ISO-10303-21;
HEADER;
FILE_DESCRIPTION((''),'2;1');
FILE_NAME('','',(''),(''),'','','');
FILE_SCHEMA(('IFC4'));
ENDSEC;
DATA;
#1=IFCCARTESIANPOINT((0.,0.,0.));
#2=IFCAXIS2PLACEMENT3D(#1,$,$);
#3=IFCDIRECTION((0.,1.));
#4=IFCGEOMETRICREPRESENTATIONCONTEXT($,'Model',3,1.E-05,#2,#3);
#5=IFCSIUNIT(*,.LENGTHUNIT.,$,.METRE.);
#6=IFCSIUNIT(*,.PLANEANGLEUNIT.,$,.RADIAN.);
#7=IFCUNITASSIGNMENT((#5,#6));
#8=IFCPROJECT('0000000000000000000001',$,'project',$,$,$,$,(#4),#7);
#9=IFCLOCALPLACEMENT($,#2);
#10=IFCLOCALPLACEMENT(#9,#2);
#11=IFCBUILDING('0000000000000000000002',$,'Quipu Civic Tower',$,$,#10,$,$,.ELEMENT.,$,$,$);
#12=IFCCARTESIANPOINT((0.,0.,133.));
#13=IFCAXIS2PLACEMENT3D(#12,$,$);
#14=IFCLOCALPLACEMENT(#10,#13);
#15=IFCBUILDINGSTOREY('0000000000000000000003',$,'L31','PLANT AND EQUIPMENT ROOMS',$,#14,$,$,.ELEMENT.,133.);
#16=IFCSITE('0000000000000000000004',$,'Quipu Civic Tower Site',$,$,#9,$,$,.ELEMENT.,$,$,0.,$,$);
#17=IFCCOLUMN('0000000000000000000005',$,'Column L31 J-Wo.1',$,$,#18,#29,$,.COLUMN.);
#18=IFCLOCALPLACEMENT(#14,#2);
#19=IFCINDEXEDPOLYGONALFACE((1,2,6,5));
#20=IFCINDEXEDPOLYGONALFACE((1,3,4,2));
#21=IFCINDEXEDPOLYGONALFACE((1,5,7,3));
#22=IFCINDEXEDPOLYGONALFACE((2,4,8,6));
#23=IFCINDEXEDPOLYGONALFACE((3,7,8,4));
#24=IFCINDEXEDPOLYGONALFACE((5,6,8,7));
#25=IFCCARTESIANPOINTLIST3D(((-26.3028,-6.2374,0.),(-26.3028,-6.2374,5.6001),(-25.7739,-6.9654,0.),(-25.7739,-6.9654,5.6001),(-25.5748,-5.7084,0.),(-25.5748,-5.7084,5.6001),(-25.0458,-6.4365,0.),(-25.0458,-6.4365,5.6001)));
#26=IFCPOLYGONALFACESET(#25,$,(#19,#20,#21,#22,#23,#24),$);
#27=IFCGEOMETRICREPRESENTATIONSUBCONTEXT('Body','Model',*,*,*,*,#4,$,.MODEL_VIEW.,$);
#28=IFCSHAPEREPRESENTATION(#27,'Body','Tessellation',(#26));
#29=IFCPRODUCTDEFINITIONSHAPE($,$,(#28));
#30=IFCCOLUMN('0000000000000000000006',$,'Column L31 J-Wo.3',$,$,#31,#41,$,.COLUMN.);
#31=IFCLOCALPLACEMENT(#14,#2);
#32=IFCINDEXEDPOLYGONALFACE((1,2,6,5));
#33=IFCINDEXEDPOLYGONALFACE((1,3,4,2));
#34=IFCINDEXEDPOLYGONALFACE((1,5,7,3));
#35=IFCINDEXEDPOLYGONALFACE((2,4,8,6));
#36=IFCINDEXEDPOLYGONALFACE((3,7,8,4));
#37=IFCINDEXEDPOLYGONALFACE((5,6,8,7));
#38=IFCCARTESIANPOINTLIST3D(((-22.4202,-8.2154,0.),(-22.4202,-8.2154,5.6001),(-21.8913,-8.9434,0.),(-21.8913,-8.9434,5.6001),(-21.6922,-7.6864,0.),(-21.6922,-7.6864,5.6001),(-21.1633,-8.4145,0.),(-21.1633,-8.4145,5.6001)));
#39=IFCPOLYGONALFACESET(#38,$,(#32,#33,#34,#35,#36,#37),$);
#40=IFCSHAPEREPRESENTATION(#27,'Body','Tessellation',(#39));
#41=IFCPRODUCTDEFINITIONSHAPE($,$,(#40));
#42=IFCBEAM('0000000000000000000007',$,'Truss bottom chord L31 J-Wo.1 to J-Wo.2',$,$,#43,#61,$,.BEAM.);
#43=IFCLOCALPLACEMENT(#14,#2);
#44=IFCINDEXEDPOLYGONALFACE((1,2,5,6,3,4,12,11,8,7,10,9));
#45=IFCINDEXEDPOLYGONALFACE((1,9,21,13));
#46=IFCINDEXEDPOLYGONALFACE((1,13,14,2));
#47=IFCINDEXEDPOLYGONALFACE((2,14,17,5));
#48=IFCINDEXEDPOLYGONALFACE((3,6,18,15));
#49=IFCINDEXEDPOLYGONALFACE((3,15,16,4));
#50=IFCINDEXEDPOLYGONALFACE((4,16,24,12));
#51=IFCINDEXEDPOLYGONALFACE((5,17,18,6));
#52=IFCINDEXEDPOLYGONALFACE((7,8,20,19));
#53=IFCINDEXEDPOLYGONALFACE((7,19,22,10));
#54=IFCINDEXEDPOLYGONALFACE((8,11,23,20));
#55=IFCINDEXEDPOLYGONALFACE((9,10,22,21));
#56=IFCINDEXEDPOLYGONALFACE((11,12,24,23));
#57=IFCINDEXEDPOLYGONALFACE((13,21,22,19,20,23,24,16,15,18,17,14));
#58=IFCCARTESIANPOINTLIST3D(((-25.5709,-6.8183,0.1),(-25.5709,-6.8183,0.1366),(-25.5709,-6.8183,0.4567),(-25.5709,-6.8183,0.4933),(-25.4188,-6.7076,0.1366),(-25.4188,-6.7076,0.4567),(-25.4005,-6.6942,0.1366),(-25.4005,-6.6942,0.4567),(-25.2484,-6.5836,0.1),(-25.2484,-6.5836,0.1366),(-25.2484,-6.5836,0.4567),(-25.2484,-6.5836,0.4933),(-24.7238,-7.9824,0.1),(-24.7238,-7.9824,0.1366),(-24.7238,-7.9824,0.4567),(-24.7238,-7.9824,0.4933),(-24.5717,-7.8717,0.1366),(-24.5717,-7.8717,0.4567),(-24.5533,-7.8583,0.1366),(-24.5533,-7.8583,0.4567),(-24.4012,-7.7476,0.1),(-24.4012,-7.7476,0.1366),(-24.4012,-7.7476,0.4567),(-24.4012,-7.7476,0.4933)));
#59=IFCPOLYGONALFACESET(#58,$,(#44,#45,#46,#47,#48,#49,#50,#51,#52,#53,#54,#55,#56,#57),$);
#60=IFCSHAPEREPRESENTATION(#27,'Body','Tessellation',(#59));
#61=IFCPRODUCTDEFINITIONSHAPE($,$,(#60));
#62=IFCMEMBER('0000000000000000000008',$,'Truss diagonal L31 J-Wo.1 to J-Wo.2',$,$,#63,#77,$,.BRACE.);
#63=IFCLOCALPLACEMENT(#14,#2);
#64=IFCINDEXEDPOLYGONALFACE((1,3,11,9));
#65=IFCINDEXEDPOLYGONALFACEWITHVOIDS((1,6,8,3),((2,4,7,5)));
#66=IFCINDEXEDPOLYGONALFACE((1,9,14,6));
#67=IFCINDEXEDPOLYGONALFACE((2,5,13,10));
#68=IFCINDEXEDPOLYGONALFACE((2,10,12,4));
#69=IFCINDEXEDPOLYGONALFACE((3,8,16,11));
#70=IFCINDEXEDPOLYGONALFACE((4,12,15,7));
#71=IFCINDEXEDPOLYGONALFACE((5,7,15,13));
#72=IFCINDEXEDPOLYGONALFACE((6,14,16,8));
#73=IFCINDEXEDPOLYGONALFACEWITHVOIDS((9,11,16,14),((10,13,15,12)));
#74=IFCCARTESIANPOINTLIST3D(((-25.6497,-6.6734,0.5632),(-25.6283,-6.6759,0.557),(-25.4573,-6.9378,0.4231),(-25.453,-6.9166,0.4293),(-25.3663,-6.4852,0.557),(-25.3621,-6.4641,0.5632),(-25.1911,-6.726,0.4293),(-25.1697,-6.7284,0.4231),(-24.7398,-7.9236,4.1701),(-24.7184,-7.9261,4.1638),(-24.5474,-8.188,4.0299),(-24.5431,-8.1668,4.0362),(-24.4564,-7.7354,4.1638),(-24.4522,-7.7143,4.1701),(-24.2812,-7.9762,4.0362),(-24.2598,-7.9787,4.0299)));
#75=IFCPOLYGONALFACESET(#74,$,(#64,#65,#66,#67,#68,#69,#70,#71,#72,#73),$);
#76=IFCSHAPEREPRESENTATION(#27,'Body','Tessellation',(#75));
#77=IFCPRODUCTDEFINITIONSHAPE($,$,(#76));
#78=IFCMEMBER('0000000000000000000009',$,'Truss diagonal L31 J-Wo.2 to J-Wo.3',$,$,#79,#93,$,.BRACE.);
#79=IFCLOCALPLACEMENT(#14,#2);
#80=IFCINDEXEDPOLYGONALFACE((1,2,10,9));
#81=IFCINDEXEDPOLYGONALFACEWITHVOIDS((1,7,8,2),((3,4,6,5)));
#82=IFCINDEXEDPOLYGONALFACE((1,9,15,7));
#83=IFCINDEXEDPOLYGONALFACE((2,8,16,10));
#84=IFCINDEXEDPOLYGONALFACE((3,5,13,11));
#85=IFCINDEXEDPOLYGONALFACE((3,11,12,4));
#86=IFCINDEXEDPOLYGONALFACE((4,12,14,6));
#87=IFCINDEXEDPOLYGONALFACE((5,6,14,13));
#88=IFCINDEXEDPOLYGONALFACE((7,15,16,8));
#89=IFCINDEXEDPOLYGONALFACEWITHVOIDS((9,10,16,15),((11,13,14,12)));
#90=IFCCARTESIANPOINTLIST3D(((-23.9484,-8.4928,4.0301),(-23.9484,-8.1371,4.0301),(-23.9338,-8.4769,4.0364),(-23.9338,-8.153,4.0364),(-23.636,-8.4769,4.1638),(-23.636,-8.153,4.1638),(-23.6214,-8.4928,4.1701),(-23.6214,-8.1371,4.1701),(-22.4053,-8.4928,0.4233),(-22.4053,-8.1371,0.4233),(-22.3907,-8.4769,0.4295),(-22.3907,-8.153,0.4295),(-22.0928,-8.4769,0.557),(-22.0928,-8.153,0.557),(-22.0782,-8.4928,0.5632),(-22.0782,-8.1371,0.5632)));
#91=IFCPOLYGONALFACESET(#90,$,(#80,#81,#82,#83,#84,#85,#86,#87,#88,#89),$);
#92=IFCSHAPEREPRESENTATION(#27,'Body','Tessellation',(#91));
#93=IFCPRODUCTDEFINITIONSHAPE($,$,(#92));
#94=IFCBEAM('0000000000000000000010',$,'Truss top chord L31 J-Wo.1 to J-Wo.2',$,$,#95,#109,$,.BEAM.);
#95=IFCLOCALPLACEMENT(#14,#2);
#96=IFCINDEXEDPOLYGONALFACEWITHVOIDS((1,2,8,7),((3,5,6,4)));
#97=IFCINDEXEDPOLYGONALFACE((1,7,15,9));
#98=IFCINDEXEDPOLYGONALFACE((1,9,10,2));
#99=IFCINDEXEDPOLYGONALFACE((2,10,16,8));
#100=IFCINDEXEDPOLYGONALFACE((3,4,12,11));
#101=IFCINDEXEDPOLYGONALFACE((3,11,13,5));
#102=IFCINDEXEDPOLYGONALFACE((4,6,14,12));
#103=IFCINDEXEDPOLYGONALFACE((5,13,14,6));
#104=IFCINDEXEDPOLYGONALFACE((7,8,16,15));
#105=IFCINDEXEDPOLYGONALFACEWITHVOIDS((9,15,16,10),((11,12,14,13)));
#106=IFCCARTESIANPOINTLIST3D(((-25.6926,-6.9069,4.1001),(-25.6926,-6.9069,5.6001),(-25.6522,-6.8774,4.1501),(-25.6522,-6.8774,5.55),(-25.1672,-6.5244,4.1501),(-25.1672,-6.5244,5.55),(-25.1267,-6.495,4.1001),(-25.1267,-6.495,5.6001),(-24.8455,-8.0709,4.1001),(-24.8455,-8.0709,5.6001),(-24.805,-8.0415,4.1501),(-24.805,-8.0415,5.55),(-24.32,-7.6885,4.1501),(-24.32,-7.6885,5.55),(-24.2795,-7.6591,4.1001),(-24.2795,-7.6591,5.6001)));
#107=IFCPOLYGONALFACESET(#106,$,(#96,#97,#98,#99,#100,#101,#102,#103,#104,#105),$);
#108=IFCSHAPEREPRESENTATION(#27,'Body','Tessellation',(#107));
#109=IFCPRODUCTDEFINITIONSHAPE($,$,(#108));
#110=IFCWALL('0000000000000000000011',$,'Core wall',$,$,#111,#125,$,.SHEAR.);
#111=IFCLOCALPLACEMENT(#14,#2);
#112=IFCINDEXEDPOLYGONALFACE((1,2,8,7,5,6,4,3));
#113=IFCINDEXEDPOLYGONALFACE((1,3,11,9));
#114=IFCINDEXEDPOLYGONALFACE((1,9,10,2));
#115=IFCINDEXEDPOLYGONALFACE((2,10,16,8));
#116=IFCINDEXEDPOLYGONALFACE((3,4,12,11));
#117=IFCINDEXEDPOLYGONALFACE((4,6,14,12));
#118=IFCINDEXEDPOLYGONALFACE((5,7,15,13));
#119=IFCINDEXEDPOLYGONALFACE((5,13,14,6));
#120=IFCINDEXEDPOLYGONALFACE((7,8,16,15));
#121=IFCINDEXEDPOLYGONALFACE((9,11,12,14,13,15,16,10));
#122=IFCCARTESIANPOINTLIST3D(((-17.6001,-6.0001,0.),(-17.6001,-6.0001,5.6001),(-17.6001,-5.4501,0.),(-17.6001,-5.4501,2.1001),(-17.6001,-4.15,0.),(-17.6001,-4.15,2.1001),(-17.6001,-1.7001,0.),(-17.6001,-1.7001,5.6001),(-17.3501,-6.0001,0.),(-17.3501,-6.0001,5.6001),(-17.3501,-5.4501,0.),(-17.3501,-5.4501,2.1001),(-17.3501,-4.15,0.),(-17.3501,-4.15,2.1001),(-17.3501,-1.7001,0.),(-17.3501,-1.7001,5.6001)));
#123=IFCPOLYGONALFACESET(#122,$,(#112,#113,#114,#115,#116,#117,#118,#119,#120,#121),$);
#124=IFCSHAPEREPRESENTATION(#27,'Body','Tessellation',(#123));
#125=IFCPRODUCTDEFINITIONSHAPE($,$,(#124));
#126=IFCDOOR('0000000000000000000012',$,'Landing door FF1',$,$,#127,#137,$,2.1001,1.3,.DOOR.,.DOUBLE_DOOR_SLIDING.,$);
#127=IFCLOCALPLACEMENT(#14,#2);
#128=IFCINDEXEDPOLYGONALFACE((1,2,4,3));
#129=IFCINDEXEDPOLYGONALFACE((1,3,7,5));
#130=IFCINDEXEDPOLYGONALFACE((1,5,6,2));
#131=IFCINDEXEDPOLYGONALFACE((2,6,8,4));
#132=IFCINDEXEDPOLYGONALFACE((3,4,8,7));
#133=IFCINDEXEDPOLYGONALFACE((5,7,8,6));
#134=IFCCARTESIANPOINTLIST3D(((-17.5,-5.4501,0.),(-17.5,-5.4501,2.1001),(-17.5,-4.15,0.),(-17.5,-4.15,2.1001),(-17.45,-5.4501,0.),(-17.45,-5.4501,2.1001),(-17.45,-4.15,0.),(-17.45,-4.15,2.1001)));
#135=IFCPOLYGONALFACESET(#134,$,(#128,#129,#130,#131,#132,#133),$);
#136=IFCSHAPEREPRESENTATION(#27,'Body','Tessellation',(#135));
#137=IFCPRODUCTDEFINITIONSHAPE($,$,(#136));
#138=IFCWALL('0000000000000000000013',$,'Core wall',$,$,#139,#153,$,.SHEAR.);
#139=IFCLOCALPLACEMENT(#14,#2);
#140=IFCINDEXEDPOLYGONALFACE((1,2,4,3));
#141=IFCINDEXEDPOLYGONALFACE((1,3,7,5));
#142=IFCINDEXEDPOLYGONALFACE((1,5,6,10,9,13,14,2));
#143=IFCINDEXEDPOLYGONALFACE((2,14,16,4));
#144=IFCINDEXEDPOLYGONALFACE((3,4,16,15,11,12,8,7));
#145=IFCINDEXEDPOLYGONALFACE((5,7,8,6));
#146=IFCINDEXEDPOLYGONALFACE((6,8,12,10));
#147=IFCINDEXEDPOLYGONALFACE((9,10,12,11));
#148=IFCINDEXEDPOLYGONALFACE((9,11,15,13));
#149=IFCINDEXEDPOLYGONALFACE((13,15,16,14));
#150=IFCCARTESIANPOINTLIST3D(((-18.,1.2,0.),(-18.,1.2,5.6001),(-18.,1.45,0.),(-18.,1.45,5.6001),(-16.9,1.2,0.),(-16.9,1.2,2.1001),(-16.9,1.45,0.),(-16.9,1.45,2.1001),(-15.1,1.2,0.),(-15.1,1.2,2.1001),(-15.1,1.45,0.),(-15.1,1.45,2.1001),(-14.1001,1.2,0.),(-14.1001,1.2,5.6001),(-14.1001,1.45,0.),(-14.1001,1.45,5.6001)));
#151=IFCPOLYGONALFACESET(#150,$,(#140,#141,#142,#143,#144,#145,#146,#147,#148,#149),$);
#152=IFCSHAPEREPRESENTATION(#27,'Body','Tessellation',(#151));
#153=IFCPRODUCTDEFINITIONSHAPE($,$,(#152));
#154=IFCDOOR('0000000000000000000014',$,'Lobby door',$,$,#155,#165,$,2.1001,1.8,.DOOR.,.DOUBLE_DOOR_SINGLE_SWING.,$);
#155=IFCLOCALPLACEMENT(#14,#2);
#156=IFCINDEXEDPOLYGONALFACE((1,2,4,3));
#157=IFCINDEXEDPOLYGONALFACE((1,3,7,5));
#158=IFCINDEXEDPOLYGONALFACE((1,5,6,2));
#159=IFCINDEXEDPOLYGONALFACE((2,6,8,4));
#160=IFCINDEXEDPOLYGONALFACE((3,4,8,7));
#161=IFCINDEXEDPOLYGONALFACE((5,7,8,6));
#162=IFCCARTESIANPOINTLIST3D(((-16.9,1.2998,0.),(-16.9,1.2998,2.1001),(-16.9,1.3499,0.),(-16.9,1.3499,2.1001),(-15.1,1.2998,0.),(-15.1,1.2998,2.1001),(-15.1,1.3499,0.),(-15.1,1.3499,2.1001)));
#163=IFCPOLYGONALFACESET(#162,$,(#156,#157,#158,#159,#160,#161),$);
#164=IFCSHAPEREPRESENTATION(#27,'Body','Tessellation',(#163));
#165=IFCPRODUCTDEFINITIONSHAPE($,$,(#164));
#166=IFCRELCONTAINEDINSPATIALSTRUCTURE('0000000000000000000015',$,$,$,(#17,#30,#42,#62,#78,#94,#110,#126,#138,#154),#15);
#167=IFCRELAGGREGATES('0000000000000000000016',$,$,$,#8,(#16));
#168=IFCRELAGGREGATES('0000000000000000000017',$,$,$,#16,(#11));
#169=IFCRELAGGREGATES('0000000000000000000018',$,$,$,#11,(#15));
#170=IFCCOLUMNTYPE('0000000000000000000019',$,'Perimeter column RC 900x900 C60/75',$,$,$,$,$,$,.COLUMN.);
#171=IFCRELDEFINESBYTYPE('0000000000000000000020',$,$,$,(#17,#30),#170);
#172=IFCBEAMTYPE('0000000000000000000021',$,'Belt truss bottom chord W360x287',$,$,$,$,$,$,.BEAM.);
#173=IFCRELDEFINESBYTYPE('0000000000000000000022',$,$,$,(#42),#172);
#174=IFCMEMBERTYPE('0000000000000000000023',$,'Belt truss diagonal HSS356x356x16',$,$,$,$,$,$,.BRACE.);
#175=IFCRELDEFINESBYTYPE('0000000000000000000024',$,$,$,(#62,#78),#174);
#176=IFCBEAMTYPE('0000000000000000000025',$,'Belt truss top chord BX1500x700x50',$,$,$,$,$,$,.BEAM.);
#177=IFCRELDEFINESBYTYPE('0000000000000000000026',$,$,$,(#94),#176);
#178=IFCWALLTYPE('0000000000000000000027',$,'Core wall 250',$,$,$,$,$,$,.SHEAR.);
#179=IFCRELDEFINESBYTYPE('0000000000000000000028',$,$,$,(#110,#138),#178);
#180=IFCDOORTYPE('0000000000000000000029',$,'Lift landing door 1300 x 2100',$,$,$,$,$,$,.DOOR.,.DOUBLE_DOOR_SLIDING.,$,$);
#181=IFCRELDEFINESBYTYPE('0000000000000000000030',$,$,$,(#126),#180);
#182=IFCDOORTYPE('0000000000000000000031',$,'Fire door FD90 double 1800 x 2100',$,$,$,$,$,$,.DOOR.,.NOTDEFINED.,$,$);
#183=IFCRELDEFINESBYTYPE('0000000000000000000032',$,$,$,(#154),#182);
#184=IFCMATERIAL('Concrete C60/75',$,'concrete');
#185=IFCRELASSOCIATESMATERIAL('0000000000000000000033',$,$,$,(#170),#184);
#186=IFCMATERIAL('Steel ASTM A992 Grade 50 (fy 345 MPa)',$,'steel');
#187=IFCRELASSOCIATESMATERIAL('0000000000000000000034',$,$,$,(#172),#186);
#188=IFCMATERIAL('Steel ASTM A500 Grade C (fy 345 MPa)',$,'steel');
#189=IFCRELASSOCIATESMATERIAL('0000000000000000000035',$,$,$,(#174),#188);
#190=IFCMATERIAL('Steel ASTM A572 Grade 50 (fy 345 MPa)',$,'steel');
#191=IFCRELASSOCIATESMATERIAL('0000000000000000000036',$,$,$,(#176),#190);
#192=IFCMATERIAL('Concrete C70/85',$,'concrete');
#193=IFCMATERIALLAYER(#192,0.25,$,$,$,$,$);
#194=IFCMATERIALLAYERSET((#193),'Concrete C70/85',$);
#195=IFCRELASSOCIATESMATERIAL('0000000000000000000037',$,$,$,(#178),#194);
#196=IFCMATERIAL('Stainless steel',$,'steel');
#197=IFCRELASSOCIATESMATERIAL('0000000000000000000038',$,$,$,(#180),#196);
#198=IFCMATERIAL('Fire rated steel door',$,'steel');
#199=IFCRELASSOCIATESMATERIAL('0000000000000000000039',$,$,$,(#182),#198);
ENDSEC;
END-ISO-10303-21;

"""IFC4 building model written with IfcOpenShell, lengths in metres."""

from ifc_helpers import new_model, si_unit, direction, frame, frame_2d, origin, origin_2d, place, context, subcontext, project, spatial, rectangle, hollow_rectangle, i_section, extrude, material, layer, layer_set, material_profile, profile_set, type_object, element, fill, save


model = new_model("IFC4")

# Units and contexts
model_context = context("Model", 3, precision=1e-05, world=origin(), true_north=direction((0.0, 1.0)))
body_context = subcontext(model_context, "Body", "Model", "MODEL_VIEW")
ifc_project = project(units=[si_unit("LENGTHUNIT", "METRE"), si_unit("PLANEANGLEUNIT", "RADIAN")], contexts=[model_context])

# Site, building, storey
site_placement = place(None, origin())
site = spatial("IfcSite", under=ifc_project, at=site_placement, Name="Quipu Civic Tower Site", CompositionType="ELEMENT", RefElevation=0.0)
building_placement = place(site_placement, origin())
building = spatial("IfcBuilding", under=site, at=building_placement, Name="Quipu Civic Tower", CompositionType="ELEMENT")
storey_placement = place(building_placement, frame((0.0, 0.0, 133.0)))
storey = spatial("IfcBuildingStorey", under=building, at=storey_placement, Name="L31", Description="PLANT AND EQUIPMENT ROOMS", CompositionType="ELEMENT", Elevation=133.0)

# Columns
ifc_material_1 = material(Name="Concrete C60/75", Category="concrete")
ifc_material_profile_1 = material_profile(ifc_material_1, rectangle(XDim=0.8999, YDim=0.8999, at=origin_2d()), Name="RC900x900")
ifc_profile_set_1 = profile_set([ifc_material_profile_1], Name="Concrete C60/75")
column_type = type_object("IfcColumnType", Name="Perimeter column RC 900x900 C60/75", PredefinedType="COLUMN", material=ifc_profile_set_1)
for number, where, z_axis, x_axis, name in (
    (1, (-25.6743, -6.3369, 0.0), (0.0, 0.0, 1.0), (0.587785, -0.809017, 0.0), "Column L31 J-Wo.1"),
    (2, (-21.7917, -8.3149, 0.0), (0.0, 0.0, 1.0), (0.587785, -0.809017, 0.0), "Column L31 J-Wo.3"),
):
    element("IfcColumn", number, at=place(storey_placement, frame(where, z_axis=z_axis, x_axis=x_axis)), inside=storey, type_object=column_type, Name=name, PredefinedType="COLUMN", context=body_context, shape_type="SweptSolid", body=[
        extrude(rectangle(XDim=0.8999, YDim=0.8999, at=origin_2d()), origin(), (0.0, 0.0, 1.0), 5.6001),
    ])

# Beam
ifc_material_2 = material(Name="Steel ASTM A992 Grade 50 (fy 345 MPa)", Category="steel")
ifc_material_profile_2 = material_profile(ifc_material_2, i_section(OverallWidth=0.3989, OverallDepth=0.3933, WebThickness=0.0227, FlangeThickness=0.0366, at=origin_2d()), Name="W360x287")
ifc_profile_set_2 = profile_set([ifc_material_profile_2], Name="Steel ASTM A992 Grade 50 (fy 345 MPa)")
beam_type_1 = type_object("IfcBeamType", Name="Belt truss bottom chord W360x287", PredefinedType="BEAM", material=ifc_profile_set_2)
beam_1_placement = place(storey_placement, frame((-25.4097, -6.7009, 0.2966), z_axis=(0.588434, -0.808545, 0.0), x_axis=(0.808545, 0.588434, 0.0)))
element("IfcBeam", 3, at=beam_1_placement, inside=storey, type_object=beam_type_1, Name="Truss bottom chord L31 J-Wo.1 to J-Wo.2", PredefinedType="BEAM", context=body_context, shape_type="SweptSolid", body=[
    extrude(i_section(OverallWidth=0.3989, OverallDepth=0.3933, WebThickness=0.0227, FlangeThickness=0.0366, at=origin_2d()), origin(), (0.0, 0.0, 1.0), 1.4397),
])

# Members
ifc_material_3 = material(Name="Steel ASTM A500 Grade C (fy 345 MPa)", Category="steel")
ifc_material_profile_3 = material_profile(ifc_material_3, hollow_rectangle(XDim=0.3557, YDim=0.3557, WallThickness=0.0159, at=origin_2d()), Name="HSS356x356x16")
ifc_profile_set_3 = profile_set([ifc_material_profile_3], Name="Steel ASTM A500 Grade C (fy 345 MPa)")
member_type = type_object("IfcMemberType", Name="Belt truss diagonal HSS356x356x16", PredefinedType="BRACE", material=ifc_profile_set_3)
member_1_placement = place(storey_placement, frame((-25.4097, -6.7009, 0.4932), z_axis=(0.231859, -0.318581, 0.919101), x_axis=(0.808538, 0.588444, 0.0)))
element("IfcMember", 4, at=member_1_placement, inside=storey, type_object=member_type, Name="Truss diagonal L31 J-Wo.1 to J-Wo.2", PredefinedType="BRACE", context=body_context, shape_type="SweptSolid", body=[
    extrude(hollow_rectangle(XDim=0.3557, YDim=0.3557, WallThickness=0.0159, at=origin_2d()), origin(), (0.0, 0.0, 1.0), 3.9243),
])
member_2_placement = place(storey_placement, frame((-23.7849, -8.3149, 4.1001), z_axis=(0.393356, 0.0, -0.919386), x_axis=(0.0, 1.0, 0.0)))
element("IfcMember", 5, at=member_2_placement, inside=storey, type_object=member_type, Name="Truss diagonal L31 J-Wo.2 to J-Wo.3", PredefinedType="BRACE", context=body_context, shape_type="SweptSolid", body=[
    extrude(hollow_rectangle(XDim=0.3557, YDim=0.3557, WallThickness=0.0159, at=origin_2d()), origin(), (0.0, 0.0, 1.0), 3.9231),
])

# Beam
ifc_material_4 = material(Name="Steel ASTM A572 Grade 50 (fy 345 MPa)", Category="steel")
ifc_material_profile_4 = material_profile(ifc_material_4, hollow_rectangle(XDim=0.7, YDim=1.5, WallThickness=0.05, at=origin_2d()), Name="BX1500x700x50")
ifc_profile_set_4 = profile_set([ifc_material_profile_4], Name="Steel ASTM A572 Grade 50 (fy 345 MPa)")
beam_type_2 = type_object("IfcBeamType", Name="Belt truss top chord BX1500x700x50", PredefinedType="BEAM", material=ifc_profile_set_4)
beam_2_placement = place(storey_placement, frame((-25.4097, -6.7009, 4.8501), z_axis=(0.588434, -0.808545, 0.0), x_axis=(0.808545, 0.588434, 0.0)))
element("IfcBeam", 6, at=beam_2_placement, inside=storey, type_object=beam_type_2, Name="Truss top chord L31 J-Wo.1 to J-Wo.2", PredefinedType="BEAM", context=body_context, shape_type="SweptSolid", body=[
    extrude(hollow_rectangle(XDim=0.7, YDim=1.5, WallThickness=0.05, at=origin_2d()), origin(), (0.0, 0.0, 1.0), 1.4397),
])

# Walls, openings, doors
ifc_material_5 = material(Name="Concrete C70/85", Category="concrete")
ifc_layer_1 = layer(ifc_material_5, 0.25)
ifc_layer_set_1 = layer_set([ifc_layer_1], Name="Concrete C70/85")
wall_type_1 = type_object("IfcWallType", Name="Core wall 250", PredefinedType="SHEAR", material=ifc_layer_set_1)
wall_1_placement = place(storey_placement, frame((-17.4751, -6.0, 0.0), z_axis=(0.0, 0.0, 1.0), x_axis=(0.0, 1.0, 0.0)))
wall_1 = element("IfcWall", 7, at=wall_1_placement, inside=storey, type_object=wall_type_1, Name="Core wall", PredefinedType="SHEAR", context=body_context, shape_type="SweptSolid", body=[
    extrude(rectangle(XDim=4.3, YDim=0.25, at=frame_2d((2.1499, 0.0))), origin(), (0.0, 0.0, 1.0), 5.6001),
])
opening_1_placement = place(wall_1_placement, frame((0.55, 0.0, 0.0)))
opening_1 = element("IfcOpeningElement", 8, at=opening_1_placement, cuts=wall_1, PredefinedType="OPENING", context=body_context, shape_type="SweptSolid", body=[
    extrude(rectangle(XDim=1.3, YDim=2.1001, at=frame_2d((0.6499, 1.05))), frame((0.0, 0.135, 0.0), z_axis=(0.0, -1.0, 0.0), x_axis=(1.0, 0.0, 0.0)), (0.0, 0.0, 1.0), 0.27),
])
ifc_material_6 = material(Name="Stainless steel", Category="steel")
door_type_1 = type_object("IfcDoorType", Name="Lift landing door 1300 x 2100", OperationType="DOUBLE_DOOR_SLIDING", PredefinedType="DOOR", material=ifc_material_6)
door_1_placement = place(opening_1_placement, origin())
door_1 = element("IfcDoor", 9, at=door_1_placement, inside=storey, type_object=door_type_1, Name="Landing door FF1", OperationType="DOUBLE_DOOR_SLIDING", OverallHeight=2.1001, OverallWidth=1.3, PredefinedType="DOOR", context=body_context, shape_type="SweptSolid", body=[
    extrude(rectangle(XDim=1.3, YDim=2.1001, at=frame_2d((0.6499, 1.05))), frame((0.0, 0.0249, 0.0), z_axis=(0.0, -1.0, 0.0), x_axis=(1.0, 0.0, 0.0)), (0.0, 0.0, 1.0), 0.05),
])
fill(opening_1, door_1)
wall_2_placement = place(storey_placement, frame((-18.0, 1.325, 0.0), z_axis=(0.0, 0.0, 1.0), x_axis=(1.0, 0.0, 0.0)))
wall_2 = element("IfcWall", 10, at=wall_2_placement, inside=storey, type_object=wall_type_1, Name="Core wall", PredefinedType="SHEAR", context=body_context, shape_type="SweptSolid", body=[
    extrude(rectangle(XDim=3.8999, YDim=0.25, at=frame_2d((1.95, 0.0))), origin(), (0.0, 0.0, 1.0), 5.6001),
])
opening_2_placement = place(wall_2_placement, frame((1.1001, 0.0, 0.0)))
opening_2 = element("IfcOpeningElement", 11, at=opening_2_placement, cuts=wall_2, PredefinedType="OPENING", context=body_context, shape_type="SweptSolid", body=[
    extrude(rectangle(XDim=1.8, YDim=2.1001, at=frame_2d((0.8999, 1.05))), frame((0.0, 0.135, 0.0), z_axis=(0.0, -1.0, 0.0), x_axis=(1.0, 0.0, 0.0)), (0.0, 0.0, 1.0), 0.27),
])
ifc_material_7 = material(Name="Fire rated steel door", Category="steel")
door_type_2 = type_object("IfcDoorType", Name="Fire door FD90 double 1800 x 2100", OperationType="NOTDEFINED", PredefinedType="DOOR", material=ifc_material_7)
door_2_placement = place(opening_2_placement, origin())
door_2 = element("IfcDoor", 12, at=door_2_placement, inside=storey, type_object=door_type_2, Name="Lobby door", OperationType="DOUBLE_DOOR_SINGLE_SWING", OverallHeight=2.1001, OverallWidth=1.8, PredefinedType="DOOR", context=body_context, shape_type="SweptSolid", body=[
    extrude(rectangle(XDim=1.8, YDim=2.1001, at=frame_2d((0.8999, 1.05))), frame((0.0, 0.0249, 0.0), z_axis=(0.0, -1.0, 0.0), x_axis=(1.0, 0.0, 0.0)), (0.0, 0.0, 1.0), 0.05),
])
fill(opening_2, door_2)

save(model, "model.ifc")
